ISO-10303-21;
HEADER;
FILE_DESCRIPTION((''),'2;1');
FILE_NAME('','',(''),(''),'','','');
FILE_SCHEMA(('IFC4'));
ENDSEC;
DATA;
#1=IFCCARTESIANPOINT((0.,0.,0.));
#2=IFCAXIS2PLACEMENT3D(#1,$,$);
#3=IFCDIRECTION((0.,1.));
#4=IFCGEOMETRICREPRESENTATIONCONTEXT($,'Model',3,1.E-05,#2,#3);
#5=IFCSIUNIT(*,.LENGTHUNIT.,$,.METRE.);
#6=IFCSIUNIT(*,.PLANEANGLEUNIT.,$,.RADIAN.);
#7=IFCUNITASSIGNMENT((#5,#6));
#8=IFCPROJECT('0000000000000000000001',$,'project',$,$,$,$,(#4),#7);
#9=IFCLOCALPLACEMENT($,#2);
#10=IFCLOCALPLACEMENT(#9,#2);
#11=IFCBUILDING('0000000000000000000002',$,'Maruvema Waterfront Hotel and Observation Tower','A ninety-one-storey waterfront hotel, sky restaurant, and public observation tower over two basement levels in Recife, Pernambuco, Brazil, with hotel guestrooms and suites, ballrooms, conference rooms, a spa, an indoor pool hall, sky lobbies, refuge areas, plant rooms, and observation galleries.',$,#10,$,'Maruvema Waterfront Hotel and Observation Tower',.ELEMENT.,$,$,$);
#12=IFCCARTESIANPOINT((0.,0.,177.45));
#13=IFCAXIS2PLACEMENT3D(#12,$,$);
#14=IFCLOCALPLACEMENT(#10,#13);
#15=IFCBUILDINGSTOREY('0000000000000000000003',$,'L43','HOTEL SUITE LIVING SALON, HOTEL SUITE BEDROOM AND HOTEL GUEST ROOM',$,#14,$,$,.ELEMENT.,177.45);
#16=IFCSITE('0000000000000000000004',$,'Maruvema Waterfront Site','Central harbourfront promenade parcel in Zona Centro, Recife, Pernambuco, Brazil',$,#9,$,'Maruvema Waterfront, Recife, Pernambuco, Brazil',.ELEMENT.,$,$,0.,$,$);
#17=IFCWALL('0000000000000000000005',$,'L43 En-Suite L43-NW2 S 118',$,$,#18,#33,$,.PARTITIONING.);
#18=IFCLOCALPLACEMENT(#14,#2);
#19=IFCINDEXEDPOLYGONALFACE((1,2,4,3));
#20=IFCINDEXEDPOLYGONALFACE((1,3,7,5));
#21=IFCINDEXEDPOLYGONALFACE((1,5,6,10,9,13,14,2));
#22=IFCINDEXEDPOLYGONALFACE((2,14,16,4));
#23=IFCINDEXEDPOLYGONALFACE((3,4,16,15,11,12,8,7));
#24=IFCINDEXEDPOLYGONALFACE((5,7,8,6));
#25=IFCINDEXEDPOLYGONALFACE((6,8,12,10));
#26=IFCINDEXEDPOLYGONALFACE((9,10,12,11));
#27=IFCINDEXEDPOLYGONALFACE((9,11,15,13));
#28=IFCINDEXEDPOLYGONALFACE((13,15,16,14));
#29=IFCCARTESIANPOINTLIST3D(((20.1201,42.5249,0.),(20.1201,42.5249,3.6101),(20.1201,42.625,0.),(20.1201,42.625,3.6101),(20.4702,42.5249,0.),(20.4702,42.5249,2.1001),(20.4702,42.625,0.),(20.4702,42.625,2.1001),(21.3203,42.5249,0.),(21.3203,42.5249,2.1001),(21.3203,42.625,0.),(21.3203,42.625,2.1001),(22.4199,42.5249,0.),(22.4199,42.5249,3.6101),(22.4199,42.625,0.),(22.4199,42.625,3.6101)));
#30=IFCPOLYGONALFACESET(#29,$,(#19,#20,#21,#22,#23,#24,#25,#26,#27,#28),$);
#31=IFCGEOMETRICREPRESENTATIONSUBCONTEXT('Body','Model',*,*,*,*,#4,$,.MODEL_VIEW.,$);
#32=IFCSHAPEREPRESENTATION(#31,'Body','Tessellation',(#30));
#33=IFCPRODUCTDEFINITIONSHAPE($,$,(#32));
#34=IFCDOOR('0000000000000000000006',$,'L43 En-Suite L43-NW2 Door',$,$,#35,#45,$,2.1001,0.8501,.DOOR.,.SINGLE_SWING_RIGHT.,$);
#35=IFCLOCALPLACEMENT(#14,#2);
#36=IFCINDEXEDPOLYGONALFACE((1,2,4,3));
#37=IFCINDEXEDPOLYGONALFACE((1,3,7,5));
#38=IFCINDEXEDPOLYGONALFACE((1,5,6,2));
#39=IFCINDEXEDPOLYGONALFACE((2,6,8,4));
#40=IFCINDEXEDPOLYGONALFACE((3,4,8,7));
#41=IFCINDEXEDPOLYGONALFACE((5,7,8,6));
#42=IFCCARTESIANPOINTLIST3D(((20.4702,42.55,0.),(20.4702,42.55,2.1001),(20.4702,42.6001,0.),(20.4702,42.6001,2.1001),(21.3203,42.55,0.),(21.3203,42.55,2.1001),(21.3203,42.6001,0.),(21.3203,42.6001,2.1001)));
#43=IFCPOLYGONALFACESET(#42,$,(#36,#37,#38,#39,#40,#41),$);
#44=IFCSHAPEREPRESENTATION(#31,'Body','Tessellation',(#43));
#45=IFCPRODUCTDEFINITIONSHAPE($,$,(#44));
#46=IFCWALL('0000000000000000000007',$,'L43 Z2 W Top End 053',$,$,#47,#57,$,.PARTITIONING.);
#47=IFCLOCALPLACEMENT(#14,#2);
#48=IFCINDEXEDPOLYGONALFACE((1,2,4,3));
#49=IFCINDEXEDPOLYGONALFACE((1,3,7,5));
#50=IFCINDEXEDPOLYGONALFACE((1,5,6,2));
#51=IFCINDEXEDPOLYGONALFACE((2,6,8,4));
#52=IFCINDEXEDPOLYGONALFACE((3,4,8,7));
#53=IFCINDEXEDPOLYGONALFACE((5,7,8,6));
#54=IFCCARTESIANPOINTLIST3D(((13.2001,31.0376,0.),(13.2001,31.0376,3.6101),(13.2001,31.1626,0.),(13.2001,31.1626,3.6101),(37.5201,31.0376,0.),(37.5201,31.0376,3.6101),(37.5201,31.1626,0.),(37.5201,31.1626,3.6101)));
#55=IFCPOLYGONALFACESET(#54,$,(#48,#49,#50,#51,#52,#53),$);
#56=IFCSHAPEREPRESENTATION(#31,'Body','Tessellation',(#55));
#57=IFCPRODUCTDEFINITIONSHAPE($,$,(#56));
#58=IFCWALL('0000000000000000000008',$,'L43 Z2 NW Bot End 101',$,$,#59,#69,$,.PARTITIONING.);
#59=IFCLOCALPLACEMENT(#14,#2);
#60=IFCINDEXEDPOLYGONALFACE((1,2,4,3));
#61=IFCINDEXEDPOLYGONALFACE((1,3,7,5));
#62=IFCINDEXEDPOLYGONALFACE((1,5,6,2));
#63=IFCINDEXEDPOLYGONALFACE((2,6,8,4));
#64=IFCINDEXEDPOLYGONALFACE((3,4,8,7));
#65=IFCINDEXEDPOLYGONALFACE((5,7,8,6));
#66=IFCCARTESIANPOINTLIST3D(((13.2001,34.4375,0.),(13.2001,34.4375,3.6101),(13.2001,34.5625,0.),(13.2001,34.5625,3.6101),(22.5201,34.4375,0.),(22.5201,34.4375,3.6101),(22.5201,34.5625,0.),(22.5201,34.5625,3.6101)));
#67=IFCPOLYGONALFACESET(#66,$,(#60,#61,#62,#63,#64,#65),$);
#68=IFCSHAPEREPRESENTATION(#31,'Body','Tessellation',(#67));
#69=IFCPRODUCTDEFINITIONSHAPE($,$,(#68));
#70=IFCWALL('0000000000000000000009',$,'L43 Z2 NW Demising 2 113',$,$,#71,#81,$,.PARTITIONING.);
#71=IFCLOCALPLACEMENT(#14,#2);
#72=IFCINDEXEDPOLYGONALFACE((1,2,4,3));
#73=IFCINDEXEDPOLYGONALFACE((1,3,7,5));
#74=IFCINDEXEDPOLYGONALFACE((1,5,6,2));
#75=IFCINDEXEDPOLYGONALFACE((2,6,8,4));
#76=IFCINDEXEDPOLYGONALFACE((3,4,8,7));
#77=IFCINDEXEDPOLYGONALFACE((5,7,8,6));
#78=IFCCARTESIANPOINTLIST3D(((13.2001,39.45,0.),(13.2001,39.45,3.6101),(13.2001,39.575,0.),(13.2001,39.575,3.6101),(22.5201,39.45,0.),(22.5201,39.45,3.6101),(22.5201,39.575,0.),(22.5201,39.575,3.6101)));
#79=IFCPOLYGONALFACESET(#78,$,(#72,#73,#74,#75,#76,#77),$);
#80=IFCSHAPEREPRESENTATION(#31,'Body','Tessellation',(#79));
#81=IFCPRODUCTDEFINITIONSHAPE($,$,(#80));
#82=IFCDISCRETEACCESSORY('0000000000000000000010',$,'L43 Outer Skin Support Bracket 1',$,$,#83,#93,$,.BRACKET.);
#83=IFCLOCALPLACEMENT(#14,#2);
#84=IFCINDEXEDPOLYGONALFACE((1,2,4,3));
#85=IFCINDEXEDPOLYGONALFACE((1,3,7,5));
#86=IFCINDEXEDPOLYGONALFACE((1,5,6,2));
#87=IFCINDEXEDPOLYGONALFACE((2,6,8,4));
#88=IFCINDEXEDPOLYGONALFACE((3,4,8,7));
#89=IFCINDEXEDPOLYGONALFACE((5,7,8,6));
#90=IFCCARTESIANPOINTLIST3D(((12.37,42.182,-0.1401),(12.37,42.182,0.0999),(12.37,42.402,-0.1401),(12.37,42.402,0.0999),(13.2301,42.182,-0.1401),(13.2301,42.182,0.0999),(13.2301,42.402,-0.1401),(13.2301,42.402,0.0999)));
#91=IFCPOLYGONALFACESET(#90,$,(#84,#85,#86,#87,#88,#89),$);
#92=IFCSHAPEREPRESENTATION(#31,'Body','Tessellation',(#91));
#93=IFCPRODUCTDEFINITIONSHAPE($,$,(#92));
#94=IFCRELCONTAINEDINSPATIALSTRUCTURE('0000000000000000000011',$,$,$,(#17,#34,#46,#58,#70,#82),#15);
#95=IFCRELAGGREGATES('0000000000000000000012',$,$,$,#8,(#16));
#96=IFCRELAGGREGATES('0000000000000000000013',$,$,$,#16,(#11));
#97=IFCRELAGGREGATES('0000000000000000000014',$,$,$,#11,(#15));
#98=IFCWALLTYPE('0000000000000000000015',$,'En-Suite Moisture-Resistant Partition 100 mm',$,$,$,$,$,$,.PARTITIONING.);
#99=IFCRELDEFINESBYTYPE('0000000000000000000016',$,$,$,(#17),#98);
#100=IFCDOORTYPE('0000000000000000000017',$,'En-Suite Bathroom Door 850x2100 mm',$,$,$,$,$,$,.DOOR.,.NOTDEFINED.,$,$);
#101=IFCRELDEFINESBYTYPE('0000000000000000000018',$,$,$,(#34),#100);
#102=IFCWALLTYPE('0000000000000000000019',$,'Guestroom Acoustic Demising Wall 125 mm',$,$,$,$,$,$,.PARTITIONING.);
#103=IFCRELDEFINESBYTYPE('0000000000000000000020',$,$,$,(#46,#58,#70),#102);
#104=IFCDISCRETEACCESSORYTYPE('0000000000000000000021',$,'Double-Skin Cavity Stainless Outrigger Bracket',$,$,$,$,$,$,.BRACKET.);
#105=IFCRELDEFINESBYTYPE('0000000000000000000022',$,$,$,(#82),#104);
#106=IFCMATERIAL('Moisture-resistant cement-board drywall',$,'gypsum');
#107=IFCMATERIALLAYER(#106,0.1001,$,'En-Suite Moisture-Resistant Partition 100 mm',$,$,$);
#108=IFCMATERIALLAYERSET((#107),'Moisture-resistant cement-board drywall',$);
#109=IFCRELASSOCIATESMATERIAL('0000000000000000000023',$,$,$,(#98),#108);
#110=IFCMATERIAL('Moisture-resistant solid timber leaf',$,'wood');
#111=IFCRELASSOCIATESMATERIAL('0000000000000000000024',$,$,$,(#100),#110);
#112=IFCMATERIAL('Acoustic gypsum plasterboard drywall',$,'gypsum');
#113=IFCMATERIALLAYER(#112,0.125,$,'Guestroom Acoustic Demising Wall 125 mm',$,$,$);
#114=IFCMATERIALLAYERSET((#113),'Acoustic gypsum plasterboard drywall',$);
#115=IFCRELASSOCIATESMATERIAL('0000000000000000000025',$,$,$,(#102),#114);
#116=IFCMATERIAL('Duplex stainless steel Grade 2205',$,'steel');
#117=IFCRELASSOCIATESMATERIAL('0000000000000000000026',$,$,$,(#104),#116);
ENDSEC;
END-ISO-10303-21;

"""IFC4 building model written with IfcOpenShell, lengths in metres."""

from ifc_helpers import new_model, si_unit, direction, frame, frame_2d, origin, origin_2d, place, context, subcontext, project, spatial, rectangle, extrude, material, layer, layer_set, type_object, element, fill, save


model = new_model("IFC4")

# Units and contexts
model_context = context("Model", 3, precision=1e-05, world=origin(), true_north=direction((0.0, 1.0)))
body_context = subcontext(model_context, "Body", "Model", "MODEL_VIEW")
ifc_project = project(units=[si_unit("LENGTHUNIT", "METRE"), si_unit("PLANEANGLEUNIT", "RADIAN")], contexts=[model_context])

# Site, building, storey
site_placement = place(None, origin())
site = spatial("IfcSite", under=ifc_project, at=site_placement, Name="Maruvema Waterfront Site", Description="Central harbourfront promenade parcel in Zona Centro, Recife, Pernambuco, Brazil", LongName="Maruvema Waterfront, Recife, Pernambuco, Brazil", CompositionType="ELEMENT", RefElevation=0.0)
building_placement = place(site_placement, origin())
building = spatial("IfcBuilding", under=site, at=building_placement, Name="Maruvema Waterfront Hotel and Observation Tower", Description="A ninety-one-storey waterfront hotel, sky restaurant, and public observation tower over two basement levels in Recife, Pernambuco, Brazil, with hotel guestrooms and suites, ballrooms, conference rooms, a spa, an indoor pool hall, sky lobbies, refuge areas, plant rooms, and observation galleries.", LongName="Maruvema Waterfront Hotel and Observation Tower", CompositionType="ELEMENT")
storey_placement = place(building_placement, frame((0.0, 0.0, 177.45)))
storey = spatial("IfcBuildingStorey", under=building, at=storey_placement, Name="L43", Description="HOTEL SUITE LIVING SALON, HOTEL SUITE BEDROOM AND HOTEL GUEST ROOM", CompositionType="ELEMENT", Elevation=177.45)

# Shared definitions
ifc_material_1 = material(Name="Moisture-resistant cement-board drywall", Category="gypsum")
ifc_layer_1 = layer(ifc_material_1, 0.1001, Name="En-Suite Moisture-Resistant Partition 100 mm")
ifc_layer_set_1 = layer_set([ifc_layer_1], Name="Moisture-resistant cement-board drywall")
wall_type_1 = type_object("IfcWallType", Name="En-Suite Moisture-Resistant Partition 100 mm", PredefinedType="PARTITIONING", material=ifc_layer_set_1)

# Shared definitions
ifc_material_2 = material(Name="Moisture-resistant solid timber leaf", Category="wood")
door_type_1 = type_object("IfcDoorType", Name="En-Suite Bathroom Door 850x2100 mm", OperationType="NOTDEFINED", PredefinedType="DOOR", material=ifc_material_2)

# Wall, opening, door
wall_1_placement = place(storey_placement, frame((20.1201, 42.575, 0.0), z_axis=(0.0, 0.0, 1.0), x_axis=(1.0, 0.0, 0.0)))
wall_1 = element("IfcWall", 1, at=wall_1_placement, inside=storey, type_object=wall_type_1, Name="L43 En-Suite L43-NW2 S 118", PredefinedType="PARTITIONING", context=body_context, shape_type="SweptSolid", body=[
    extrude(rectangle(XDim=2.2998, YDim=0.1001, at=frame_2d((1.1499, 0.0))), origin(), (0.0, 0.0, 1.0), 3.6101),
])
opening_1_placement = place(wall_1_placement, frame((0.3501, 0.0, 0.0)))
opening_1 = element("IfcOpeningElement", 2, at=opening_1_placement, cuts=wall_1, PredefinedType="OPENING", context=body_context, shape_type="SweptSolid", body=[
    extrude(rectangle(XDim=0.8501, YDim=2.1001, at=frame_2d((0.425, 1.05))), frame((0.0, 0.0601, 0.0), z_axis=(0.0, -1.0, 0.0), x_axis=(1.0, 0.0, 0.0)), (0.0, 0.0, 1.0), 0.1201),
])
door_1_placement = place(opening_1_placement, frame((0.8501, 0.0, 0.0), z_axis=(0.0, 0.0, 1.0), x_axis=(-1.0, 0.0, 0.0)))
door_1 = element("IfcDoor", 3, at=door_1_placement, inside=storey, type_object=door_type_1, Name="L43 En-Suite L43-NW2 Door", OperationType="SINGLE_SWING_RIGHT", OverallHeight=2.1001, OverallWidth=0.8501, PredefinedType="DOOR", context=body_context, shape_type="SweptSolid", body=[
    extrude(rectangle(XDim=0.8501, YDim=2.1001, at=frame_2d((0.425, 1.05))), frame((0.0, 0.0249, 0.0), z_axis=(0.0, -1.0, 0.0), x_axis=(1.0, 0.0, 0.0)), (0.0, 0.0, 1.0), 0.05),
])
fill(opening_1, door_1)

# Walls
ifc_material_3 = material(Name="Acoustic gypsum plasterboard drywall", Category="gypsum")
ifc_layer_2 = layer(ifc_material_3, 0.125, Name="Guestroom Acoustic Demising Wall 125 mm")
ifc_layer_set_2 = layer_set([ifc_layer_2], Name="Acoustic gypsum plasterboard drywall")
wall_type_2 = type_object("IfcWallType", Name="Guestroom Acoustic Demising Wall 125 mm", PredefinedType="PARTITIONING", material=ifc_layer_set_2)
wall_2_placement = place(storey_placement, frame((13.2, 31.1001, 0.0), z_axis=(0.0, 0.0, 1.0), x_axis=(1.0, 0.0, 0.0)))
element("IfcWall", 4, at=wall_2_placement, inside=storey, type_object=wall_type_2, Name="L43 Z2 W Top End 053", PredefinedType="PARTITIONING", context=body_context, shape_type="SweptSolid", body=[
    extrude(rectangle(XDim=24.3201, YDim=0.125, at=frame_2d((12.1602, 0.0))), origin(), (0.0, 0.0, 1.0), 3.6101),
])
for number, where, z_axis, x_axis, name in (
    (5, (13.2, 34.5, 0.0), (0.0, 0.0, 1.0), (1.0, 0.0, 0.0), "L43 Z2 NW Bot End 101"),
    (6, (13.2, 39.5125, 0.0), (0.0, 0.0, 1.0), (1.0, 0.0, 0.0), "L43 Z2 NW Demising 2 113"),
):
    element("IfcWall", number, at=place(storey_placement, frame(where, z_axis=z_axis, x_axis=x_axis)), inside=storey, type_object=wall_type_2, Name=name, PredefinedType="PARTITIONING", context=body_context, shape_type="SweptSolid", body=[
        extrude(rectangle(XDim=9.3201, YDim=0.125, at=frame_2d((4.6602, 0.0))), origin(), (0.0, 0.0, 1.0), 3.6101),
    ])

# Discrete accessory
ifc_material_4 = material(Name="Duplex stainless steel Grade 2205", Category="steel")
discrete_accessory_type = type_object("IfcDiscreteAccessoryType", Name="Double-Skin Cavity Stainless Outrigger Bracket", PredefinedType="BRACKET", material=ifc_material_4)
discrete_accessory_placement = place(storey_placement, frame((12.8, 42.292, -0.1401), z_axis=(0.0, 0.0, 1.0), x_axis=(0.0, -1.0, 0.0)))
element("IfcDiscreteAccessory", 7, at=discrete_accessory_placement, inside=storey, type_object=discrete_accessory_type, Name="L43 Outer Skin Support Bracket 1", PredefinedType="BRACKET", context=body_context, shape_type="SweptSolid", body=[
    extrude(rectangle(XDim=0.22, YDim=0.8601, at=origin_2d()), origin(), (0.0, 0.0, 1.0), 0.24),
])

save(model, "model.ifc")
